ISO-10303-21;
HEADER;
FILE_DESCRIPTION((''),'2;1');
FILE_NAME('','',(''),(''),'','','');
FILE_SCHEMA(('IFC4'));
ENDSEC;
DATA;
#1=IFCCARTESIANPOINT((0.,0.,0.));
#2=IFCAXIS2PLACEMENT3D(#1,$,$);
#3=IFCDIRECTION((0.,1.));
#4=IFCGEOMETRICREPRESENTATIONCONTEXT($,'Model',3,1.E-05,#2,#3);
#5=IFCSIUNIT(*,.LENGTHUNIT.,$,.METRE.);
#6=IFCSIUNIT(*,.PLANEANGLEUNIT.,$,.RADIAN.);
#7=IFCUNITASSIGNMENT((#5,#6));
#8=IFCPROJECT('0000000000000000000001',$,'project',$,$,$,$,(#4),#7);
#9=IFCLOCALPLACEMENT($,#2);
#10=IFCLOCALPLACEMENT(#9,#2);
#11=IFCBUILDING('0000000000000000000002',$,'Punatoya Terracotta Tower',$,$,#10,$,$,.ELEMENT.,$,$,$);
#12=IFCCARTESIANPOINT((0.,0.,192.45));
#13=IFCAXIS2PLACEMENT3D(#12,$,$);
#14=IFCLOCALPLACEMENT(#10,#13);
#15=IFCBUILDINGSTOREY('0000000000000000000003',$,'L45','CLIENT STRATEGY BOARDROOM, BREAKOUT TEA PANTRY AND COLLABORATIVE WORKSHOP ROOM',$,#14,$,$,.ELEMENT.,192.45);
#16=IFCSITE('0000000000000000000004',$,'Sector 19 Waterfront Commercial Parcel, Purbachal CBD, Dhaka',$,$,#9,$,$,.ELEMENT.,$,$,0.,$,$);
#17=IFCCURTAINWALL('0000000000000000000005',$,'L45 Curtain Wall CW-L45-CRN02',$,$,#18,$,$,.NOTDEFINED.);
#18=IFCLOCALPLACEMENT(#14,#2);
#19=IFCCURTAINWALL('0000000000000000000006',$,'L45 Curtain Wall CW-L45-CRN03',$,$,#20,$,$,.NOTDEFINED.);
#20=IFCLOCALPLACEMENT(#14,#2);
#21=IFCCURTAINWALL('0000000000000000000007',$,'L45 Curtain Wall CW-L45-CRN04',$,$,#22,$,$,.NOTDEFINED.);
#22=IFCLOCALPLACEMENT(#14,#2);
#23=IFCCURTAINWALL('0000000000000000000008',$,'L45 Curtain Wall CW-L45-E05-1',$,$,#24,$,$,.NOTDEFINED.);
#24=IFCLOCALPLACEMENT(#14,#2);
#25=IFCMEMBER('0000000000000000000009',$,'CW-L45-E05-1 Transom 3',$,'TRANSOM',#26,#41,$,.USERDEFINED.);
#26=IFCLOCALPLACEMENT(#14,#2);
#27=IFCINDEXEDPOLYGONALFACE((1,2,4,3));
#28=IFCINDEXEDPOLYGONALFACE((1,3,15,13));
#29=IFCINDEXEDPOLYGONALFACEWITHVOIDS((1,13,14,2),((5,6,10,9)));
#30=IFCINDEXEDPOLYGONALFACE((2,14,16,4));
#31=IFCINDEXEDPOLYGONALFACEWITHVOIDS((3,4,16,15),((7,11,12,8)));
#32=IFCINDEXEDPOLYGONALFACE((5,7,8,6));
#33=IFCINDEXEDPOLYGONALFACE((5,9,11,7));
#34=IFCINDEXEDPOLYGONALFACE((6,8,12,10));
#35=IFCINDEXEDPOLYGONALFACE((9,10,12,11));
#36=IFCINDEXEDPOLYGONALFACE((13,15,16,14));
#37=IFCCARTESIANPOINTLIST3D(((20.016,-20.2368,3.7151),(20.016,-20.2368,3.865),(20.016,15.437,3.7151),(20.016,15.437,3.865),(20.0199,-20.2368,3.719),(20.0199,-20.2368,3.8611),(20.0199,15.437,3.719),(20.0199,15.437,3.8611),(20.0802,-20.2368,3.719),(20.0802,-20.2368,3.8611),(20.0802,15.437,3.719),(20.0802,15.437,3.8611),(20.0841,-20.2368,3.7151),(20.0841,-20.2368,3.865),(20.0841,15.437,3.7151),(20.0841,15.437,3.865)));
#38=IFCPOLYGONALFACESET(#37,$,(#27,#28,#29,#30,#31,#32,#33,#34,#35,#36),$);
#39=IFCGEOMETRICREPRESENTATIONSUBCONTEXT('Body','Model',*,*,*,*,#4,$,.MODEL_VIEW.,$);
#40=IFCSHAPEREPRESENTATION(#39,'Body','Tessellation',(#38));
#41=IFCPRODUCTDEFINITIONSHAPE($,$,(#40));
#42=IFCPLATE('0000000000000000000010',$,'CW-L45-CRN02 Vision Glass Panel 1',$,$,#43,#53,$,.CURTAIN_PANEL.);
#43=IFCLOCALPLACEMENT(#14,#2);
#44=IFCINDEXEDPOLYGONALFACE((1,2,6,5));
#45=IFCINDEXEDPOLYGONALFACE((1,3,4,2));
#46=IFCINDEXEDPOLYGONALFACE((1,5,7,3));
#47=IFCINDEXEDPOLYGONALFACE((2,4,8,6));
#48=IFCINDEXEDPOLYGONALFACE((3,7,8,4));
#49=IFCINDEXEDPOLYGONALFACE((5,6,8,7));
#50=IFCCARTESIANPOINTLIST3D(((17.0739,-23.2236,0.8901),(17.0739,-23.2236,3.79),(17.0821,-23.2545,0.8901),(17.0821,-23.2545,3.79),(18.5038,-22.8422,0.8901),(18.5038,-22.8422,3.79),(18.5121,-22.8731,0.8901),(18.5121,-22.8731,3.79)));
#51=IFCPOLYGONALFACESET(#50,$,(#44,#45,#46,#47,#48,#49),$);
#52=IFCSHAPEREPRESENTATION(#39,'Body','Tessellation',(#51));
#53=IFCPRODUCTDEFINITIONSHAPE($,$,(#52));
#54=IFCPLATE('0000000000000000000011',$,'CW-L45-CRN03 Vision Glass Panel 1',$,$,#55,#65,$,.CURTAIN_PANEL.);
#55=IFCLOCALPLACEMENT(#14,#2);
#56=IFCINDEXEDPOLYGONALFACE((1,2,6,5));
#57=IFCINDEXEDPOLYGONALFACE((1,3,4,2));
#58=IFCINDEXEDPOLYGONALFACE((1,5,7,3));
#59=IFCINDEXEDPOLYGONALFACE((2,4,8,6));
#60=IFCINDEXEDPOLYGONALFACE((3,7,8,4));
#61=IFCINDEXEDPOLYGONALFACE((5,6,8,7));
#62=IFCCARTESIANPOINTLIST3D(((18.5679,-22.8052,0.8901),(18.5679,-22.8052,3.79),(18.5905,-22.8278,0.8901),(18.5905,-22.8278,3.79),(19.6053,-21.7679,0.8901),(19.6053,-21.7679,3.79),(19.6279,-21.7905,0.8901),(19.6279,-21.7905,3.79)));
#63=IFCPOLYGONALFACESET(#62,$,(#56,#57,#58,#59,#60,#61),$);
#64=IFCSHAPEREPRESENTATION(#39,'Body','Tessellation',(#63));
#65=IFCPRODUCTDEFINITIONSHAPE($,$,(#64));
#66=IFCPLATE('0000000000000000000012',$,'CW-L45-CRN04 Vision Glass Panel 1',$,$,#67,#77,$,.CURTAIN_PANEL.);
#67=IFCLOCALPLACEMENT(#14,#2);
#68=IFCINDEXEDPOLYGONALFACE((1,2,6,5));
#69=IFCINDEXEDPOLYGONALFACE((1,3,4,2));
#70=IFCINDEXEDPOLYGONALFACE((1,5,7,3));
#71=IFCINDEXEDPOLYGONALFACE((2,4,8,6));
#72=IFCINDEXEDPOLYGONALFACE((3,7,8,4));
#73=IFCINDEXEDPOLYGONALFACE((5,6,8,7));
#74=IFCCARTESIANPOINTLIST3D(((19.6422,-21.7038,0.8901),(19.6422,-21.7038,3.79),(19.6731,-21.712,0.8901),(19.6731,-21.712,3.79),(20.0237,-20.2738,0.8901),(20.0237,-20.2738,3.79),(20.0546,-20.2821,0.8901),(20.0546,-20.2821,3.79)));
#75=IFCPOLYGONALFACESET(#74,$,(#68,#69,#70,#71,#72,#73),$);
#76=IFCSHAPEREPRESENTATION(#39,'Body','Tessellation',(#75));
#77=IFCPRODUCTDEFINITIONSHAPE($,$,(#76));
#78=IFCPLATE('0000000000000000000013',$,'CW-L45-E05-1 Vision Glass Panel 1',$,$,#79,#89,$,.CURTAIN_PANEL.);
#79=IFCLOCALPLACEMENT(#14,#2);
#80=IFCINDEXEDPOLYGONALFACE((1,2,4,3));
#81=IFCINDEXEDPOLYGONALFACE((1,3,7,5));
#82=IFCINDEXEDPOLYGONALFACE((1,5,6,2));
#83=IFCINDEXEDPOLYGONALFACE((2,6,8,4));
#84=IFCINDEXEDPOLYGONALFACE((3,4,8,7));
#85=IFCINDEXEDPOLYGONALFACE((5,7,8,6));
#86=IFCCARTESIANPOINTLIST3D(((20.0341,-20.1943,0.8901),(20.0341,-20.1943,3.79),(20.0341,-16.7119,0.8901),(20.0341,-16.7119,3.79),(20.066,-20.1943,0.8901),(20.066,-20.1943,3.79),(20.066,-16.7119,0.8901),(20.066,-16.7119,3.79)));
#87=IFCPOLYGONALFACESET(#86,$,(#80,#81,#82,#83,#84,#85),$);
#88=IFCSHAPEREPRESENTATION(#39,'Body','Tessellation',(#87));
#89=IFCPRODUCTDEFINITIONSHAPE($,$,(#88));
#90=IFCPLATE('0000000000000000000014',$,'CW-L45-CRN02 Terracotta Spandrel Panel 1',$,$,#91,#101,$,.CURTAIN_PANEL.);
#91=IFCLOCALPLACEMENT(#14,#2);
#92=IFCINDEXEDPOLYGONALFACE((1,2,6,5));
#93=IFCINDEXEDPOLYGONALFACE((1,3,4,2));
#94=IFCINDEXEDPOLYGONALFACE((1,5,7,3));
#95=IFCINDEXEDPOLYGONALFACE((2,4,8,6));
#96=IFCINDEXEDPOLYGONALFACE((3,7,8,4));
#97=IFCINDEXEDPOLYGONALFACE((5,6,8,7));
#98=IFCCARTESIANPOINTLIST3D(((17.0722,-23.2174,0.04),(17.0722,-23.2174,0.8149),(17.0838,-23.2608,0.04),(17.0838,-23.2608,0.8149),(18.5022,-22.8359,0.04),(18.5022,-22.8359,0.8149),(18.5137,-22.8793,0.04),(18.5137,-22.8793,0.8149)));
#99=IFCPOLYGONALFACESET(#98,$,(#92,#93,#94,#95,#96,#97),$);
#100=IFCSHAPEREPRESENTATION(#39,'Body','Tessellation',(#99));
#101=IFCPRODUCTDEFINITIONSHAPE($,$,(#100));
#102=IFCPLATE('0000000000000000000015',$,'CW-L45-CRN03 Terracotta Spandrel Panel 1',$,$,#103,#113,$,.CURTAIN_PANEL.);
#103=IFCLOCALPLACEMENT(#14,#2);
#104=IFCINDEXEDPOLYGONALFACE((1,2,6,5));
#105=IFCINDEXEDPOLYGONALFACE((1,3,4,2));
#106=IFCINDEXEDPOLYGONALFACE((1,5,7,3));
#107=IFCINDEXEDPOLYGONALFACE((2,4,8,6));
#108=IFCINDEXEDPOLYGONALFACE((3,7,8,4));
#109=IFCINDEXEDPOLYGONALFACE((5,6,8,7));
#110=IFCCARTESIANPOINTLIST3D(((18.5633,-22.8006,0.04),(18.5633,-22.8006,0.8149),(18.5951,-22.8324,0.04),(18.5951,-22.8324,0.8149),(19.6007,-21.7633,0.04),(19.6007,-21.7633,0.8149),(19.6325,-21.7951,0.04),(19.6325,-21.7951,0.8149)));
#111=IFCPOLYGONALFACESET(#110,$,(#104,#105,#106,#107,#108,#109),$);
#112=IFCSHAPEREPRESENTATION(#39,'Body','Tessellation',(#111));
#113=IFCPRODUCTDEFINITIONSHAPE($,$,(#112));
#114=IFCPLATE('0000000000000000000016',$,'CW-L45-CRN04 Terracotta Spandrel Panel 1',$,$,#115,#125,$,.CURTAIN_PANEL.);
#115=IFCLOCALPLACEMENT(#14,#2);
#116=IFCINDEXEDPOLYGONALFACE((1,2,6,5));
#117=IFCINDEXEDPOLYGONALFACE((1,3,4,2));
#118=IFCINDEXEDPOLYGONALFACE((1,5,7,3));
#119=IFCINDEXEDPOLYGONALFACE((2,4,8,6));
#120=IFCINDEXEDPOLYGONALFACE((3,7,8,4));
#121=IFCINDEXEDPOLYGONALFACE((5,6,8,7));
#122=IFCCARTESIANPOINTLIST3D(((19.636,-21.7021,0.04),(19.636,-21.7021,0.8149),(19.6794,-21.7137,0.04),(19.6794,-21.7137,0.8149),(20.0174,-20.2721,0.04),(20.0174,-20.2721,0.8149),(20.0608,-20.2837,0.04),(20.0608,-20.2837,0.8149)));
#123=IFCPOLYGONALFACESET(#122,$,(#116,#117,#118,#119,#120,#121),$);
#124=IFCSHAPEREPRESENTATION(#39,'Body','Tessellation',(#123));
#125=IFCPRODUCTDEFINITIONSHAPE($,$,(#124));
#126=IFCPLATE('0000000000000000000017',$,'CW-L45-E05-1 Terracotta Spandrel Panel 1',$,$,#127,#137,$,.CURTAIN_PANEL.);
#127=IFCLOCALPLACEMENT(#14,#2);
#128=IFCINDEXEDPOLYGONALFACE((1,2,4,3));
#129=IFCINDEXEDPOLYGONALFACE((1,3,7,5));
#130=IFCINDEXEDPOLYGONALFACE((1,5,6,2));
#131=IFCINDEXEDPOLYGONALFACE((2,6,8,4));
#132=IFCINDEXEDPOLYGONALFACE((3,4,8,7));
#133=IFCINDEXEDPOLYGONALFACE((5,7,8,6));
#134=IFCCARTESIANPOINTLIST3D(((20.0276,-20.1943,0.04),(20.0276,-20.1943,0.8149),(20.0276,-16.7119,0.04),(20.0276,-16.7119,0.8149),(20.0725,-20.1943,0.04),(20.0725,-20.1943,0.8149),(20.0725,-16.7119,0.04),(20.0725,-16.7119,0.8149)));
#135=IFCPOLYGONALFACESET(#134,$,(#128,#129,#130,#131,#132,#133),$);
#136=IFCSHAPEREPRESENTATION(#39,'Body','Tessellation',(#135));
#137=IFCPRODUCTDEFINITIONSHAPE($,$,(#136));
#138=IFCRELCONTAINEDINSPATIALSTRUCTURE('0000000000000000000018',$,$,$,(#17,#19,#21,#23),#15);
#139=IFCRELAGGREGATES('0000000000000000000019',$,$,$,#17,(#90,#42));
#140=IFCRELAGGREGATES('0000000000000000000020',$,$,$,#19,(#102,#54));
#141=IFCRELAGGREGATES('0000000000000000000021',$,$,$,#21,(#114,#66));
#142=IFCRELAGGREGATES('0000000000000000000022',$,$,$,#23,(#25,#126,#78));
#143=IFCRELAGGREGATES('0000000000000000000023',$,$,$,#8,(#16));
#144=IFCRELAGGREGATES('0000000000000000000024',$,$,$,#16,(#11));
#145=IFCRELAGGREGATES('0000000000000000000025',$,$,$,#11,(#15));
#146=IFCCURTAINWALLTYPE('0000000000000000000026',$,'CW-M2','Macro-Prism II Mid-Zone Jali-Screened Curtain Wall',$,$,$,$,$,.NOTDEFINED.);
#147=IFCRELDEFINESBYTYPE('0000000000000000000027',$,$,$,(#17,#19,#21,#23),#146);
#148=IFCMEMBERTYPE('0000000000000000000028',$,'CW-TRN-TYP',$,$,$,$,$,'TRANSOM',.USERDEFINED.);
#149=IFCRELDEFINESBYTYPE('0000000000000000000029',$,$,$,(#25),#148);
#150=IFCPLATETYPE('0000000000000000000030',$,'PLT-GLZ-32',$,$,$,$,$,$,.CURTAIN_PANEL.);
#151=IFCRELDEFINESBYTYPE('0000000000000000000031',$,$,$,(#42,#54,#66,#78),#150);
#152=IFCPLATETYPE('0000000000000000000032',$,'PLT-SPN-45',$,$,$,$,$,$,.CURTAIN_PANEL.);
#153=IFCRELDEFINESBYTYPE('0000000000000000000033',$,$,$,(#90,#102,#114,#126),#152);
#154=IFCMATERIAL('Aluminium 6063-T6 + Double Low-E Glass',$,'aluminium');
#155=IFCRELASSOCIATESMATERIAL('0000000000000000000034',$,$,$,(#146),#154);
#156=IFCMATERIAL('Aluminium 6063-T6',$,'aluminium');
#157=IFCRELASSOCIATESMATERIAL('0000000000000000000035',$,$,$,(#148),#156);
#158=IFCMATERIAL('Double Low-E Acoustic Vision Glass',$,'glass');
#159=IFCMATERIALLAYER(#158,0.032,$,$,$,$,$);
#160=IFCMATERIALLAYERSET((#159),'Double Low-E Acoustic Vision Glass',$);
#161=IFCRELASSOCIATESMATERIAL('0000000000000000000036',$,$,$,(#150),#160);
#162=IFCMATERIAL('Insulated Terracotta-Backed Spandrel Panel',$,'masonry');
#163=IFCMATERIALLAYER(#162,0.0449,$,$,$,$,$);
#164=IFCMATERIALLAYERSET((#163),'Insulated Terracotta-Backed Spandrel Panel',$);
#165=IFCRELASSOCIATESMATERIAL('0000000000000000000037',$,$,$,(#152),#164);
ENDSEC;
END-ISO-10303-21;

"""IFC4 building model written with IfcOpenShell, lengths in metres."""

from ifc_helpers import new_model, si_unit, direction, frame, origin, origin_2d, place, context, subcontext, project, spatial, rectangle, hollow_rectangle, extrude, material, layer, layer_set, material_profile, profile_set, type_object, element, aggregate, save


model = new_model("IFC4")

# Units and contexts
model_context = context("Model", 3, precision=1e-05, world=origin(), true_north=direction((0.0, 1.0)))
body_context = subcontext(model_context, "Body", "Model", "MODEL_VIEW")
ifc_project = project(units=[si_unit("LENGTHUNIT", "METRE"), si_unit("PLANEANGLEUNIT", "RADIAN")], contexts=[model_context])

# Site, building, storey
site_placement = place(None, origin())
site = spatial("IfcSite", under=ifc_project, at=site_placement, Name="Sector 19 Waterfront Commercial Parcel, Purbachal CBD, Dhaka", CompositionType="ELEMENT", RefElevation=0.0)
building_placement = place(site_placement, origin())
building = spatial("IfcBuilding", under=site, at=building_placement, Name="Punatoya Terracotta Tower", CompositionType="ELEMENT")
storey_placement = place(building_placement, frame((0.0, 0.0, 192.45)))
storey = spatial("IfcBuildingStorey", under=building, at=storey_placement, Name="L45", Description="CLIENT STRATEGY BOARDROOM, BREAKOUT TEA PANTRY AND COLLABORATIVE WORKSHOP ROOM", CompositionType="ELEMENT", Elevation=192.45)

# Curtain walls
ifc_material_1 = material(Name="Aluminium 6063-T6 + Double Low-E Glass", Category="aluminium")
curtain_wall_type = type_object("IfcCurtainWallType", Name="CW-M2", Description="Macro-Prism II Mid-Zone Jali-Screened Curtain Wall", PredefinedType="NOTDEFINED", material=ifc_material_1)
curtain_wall_1_placement = place(storey_placement, origin())
curtain_wall_1 = element("IfcCurtainWall", 1, at=curtain_wall_1_placement, inside=storey, type_object=curtain_wall_type, Name="L45 Curtain Wall CW-L45-CRN02", PredefinedType="NOTDEFINED")
ifc_material_2 = material(Name="Aluminium 6063-T6", Category="aluminium")
curtain_wall_2_placement = place(storey_placement, origin())
curtain_wall_2 = element("IfcCurtainWall", 2, at=curtain_wall_2_placement, inside=storey, type_object=curtain_wall_type, Name="L45 Curtain Wall CW-L45-CRN03", PredefinedType="NOTDEFINED")
curtain_wall_3_placement = place(storey_placement, origin())
curtain_wall_3 = element("IfcCurtainWall", 3, at=curtain_wall_3_placement, inside=storey, type_object=curtain_wall_type, Name="L45 Curtain Wall CW-L45-CRN04", PredefinedType="NOTDEFINED")

# Curtain wall
curtain_wall_4_placement = place(storey_placement, origin())
curtain_wall_4 = element("IfcCurtainWall", 4, at=curtain_wall_4_placement, inside=storey, type_object=curtain_wall_type, Name="L45 Curtain Wall CW-L45-E05-1", PredefinedType="NOTDEFINED")

# Member
ifc_material_profile_1 = material_profile(ifc_material_2, hollow_rectangle(XDim=0.0681, YDim=0.1499, WallThickness=0.0039, at=origin_2d()))
ifc_profile_set_1 = profile_set([ifc_material_profile_1], Name="Aluminium 6063-T6")
member_type_1 = type_object("IfcMemberType", Name="CW-TRN-TYP", ElementType="TRANSOM", PredefinedType="USERDEFINED", material=ifc_profile_set_1)
member_1_placement = place(storey_placement, frame((20.05, -20.2368, 3.79), z_axis=(0.0, 1.0, 0.0), x_axis=(-1.0, 0.0, 0.0)))
member_1 = element("IfcMember", 5, at=member_1_placement, type_object=member_type_1, Name="CW-L45-E05-1 Transom 3", ObjectType="TRANSOM", PredefinedType="USERDEFINED", context=body_context, shape_type="SweptSolid", body=[
    extrude(hollow_rectangle(XDim=0.0681, YDim=0.1499, WallThickness=0.0039, at=origin_2d()), origin(), (0.0, 0.0, 1.0), 35.6738),
])

# Plates
ifc_material_3 = material(Name="Double Low-E Acoustic Vision Glass", Category="glass")
ifc_layer_1 = layer(ifc_material_3, 0.032)
ifc_layer_set_1 = layer_set([ifc_layer_1], Name="Double Low-E Acoustic Vision Glass")
plate_type_1 = type_object("IfcPlateType", Name="PLT-GLZ-32", PredefinedType="CURTAIN_PANEL", material=ifc_layer_set_1)
plate_1_placement = place(storey_placement, frame((17.793, -23.0483, 0.8901), z_axis=(0.0, 0.0, 1.0), x_axis=(0.966214, 0.257742, 0.0)))
plate_1 = element("IfcPlate", 6, at=plate_1_placement, type_object=plate_type_1, Name="CW-L45-CRN02 Vision Glass Panel 1", PredefinedType="CURTAIN_PANEL", context=body_context, shape_type="SweptSolid", body=[
    extrude(rectangle(XDim=1.48, YDim=0.032, at=origin_2d()), origin(), (0.0, 0.0, 1.0), 2.8999),
])
plate_2_placement = place(storey_placement, frame((19.0979, -22.2979, 0.8901), z_axis=(0.0, 0.0, 1.0), x_axis=(0.707107, 0.707107, 0.0)))
plate_2 = element("IfcPlate", 7, at=plate_2_placement, type_object=plate_type_1, Name="CW-L45-CRN03 Vision Glass Panel 1", PredefinedType="CURTAIN_PANEL", context=body_context, shape_type="SweptSolid", body=[
    extrude(rectangle(XDim=1.467, YDim=0.032, at=origin_2d()), origin(), (0.0, 0.0, 1.0), 2.8999),
])
plate_3_placement = place(storey_placement, frame((19.8484, -20.9929, 0.8901), z_axis=(0.0, 0.0, 1.0), x_axis=(0.257742, 0.966214, 0.0)))
plate_3 = element("IfcPlate", 8, at=plate_3_placement, type_object=plate_type_1, Name="CW-L45-CRN04 Vision Glass Panel 1", PredefinedType="CURTAIN_PANEL", context=body_context, shape_type="SweptSolid", body=[
    extrude(rectangle(XDim=1.48, YDim=0.032, at=origin_2d()), origin(), (0.0, 0.0, 1.0), 2.8999),
])
plate_4_placement = place(storey_placement, frame((20.05, -18.4531, 0.8901), z_axis=(0.0, 0.0, 1.0), x_axis=(0.0, 1.0, 0.0)))
plate_4 = element("IfcPlate", 9, at=plate_4_placement, type_object=plate_type_1, Name="CW-L45-E05-1 Vision Glass Panel 1", PredefinedType="CURTAIN_PANEL", context=body_context, shape_type="SweptSolid", body=[
    extrude(rectangle(XDim=3.4824, YDim=0.032, at=origin_2d()), origin(), (0.0, 0.0, 1.0), 2.8999),
])
ifc_material_4 = material(Name="Insulated Terracotta-Backed Spandrel Panel", Category="masonry")
ifc_layer_2 = layer(ifc_material_4, 0.0449)
ifc_layer_set_2 = layer_set([ifc_layer_2], Name="Insulated Terracotta-Backed Spandrel Panel")
plate_type_2 = type_object("IfcPlateType", Name="PLT-SPN-45", PredefinedType="CURTAIN_PANEL", material=ifc_layer_set_2)
plate_5_placement = place(storey_placement, frame((17.793, -23.0483, 0.04), z_axis=(0.0, 0.0, 1.0), x_axis=(0.966214, 0.257742, 0.0)))
plate_5 = element("IfcPlate", 10, at=plate_5_placement, type_object=plate_type_2, Name="CW-L45-CRN02 Terracotta Spandrel Panel 1", PredefinedType="CURTAIN_PANEL", context=body_context, shape_type="SweptSolid", body=[
    extrude(rectangle(XDim=1.48, YDim=0.0449, at=origin_2d()), origin(), (0.0, 0.0, 1.0), 0.7749),
])
aggregate(curtain_wall_1, [plate_5, plate_1])
plate_6_placement = place(storey_placement, frame((19.0979, -22.2979, 0.04), z_axis=(0.0, 0.0, 1.0), x_axis=(0.707107, 0.707107, 0.0)))
plate_6 = element("IfcPlate", 11, at=plate_6_placement, type_object=plate_type_2, Name="CW-L45-CRN03 Terracotta Spandrel Panel 1", PredefinedType="CURTAIN_PANEL", context=body_context, shape_type="SweptSolid", body=[
    extrude(rectangle(XDim=1.467, YDim=0.0449, at=origin_2d()), origin(), (0.0, 0.0, 1.0), 0.7749),
])
aggregate(curtain_wall_2, [plate_6, plate_2])
plate_7_placement = place(storey_placement, frame((19.8484, -20.9929, 0.04), z_axis=(0.0, 0.0, 1.0), x_axis=(0.257742, 0.966214, 0.0)))
plate_7 = element("IfcPlate", 12, at=plate_7_placement, type_object=plate_type_2, Name="CW-L45-CRN04 Terracotta Spandrel Panel 1", PredefinedType="CURTAIN_PANEL", context=body_context, shape_type="SweptSolid", body=[
    extrude(rectangle(XDim=1.48, YDim=0.0449, at=origin_2d()), origin(), (0.0, 0.0, 1.0), 0.7749),
])
aggregate(curtain_wall_3, [plate_7, plate_3])
plate_8_placement = place(storey_placement, frame((20.05, -18.4531, 0.04), z_axis=(0.0, 0.0, 1.0), x_axis=(0.0, 1.0, 0.0)))
plate_8 = element("IfcPlate", 13, at=plate_8_placement, type_object=plate_type_2, Name="CW-L45-E05-1 Terracotta Spandrel Panel 1", PredefinedType="CURTAIN_PANEL", context=body_context, shape_type="SweptSolid", body=[
    extrude(rectangle(XDim=3.4824, YDim=0.0449, at=origin_2d()), origin(), (0.0, 0.0, 1.0), 0.7749),
])
aggregate(curtain_wall_4, [member_1, plate_8, plate_4])

save(model, "model.ifc")
